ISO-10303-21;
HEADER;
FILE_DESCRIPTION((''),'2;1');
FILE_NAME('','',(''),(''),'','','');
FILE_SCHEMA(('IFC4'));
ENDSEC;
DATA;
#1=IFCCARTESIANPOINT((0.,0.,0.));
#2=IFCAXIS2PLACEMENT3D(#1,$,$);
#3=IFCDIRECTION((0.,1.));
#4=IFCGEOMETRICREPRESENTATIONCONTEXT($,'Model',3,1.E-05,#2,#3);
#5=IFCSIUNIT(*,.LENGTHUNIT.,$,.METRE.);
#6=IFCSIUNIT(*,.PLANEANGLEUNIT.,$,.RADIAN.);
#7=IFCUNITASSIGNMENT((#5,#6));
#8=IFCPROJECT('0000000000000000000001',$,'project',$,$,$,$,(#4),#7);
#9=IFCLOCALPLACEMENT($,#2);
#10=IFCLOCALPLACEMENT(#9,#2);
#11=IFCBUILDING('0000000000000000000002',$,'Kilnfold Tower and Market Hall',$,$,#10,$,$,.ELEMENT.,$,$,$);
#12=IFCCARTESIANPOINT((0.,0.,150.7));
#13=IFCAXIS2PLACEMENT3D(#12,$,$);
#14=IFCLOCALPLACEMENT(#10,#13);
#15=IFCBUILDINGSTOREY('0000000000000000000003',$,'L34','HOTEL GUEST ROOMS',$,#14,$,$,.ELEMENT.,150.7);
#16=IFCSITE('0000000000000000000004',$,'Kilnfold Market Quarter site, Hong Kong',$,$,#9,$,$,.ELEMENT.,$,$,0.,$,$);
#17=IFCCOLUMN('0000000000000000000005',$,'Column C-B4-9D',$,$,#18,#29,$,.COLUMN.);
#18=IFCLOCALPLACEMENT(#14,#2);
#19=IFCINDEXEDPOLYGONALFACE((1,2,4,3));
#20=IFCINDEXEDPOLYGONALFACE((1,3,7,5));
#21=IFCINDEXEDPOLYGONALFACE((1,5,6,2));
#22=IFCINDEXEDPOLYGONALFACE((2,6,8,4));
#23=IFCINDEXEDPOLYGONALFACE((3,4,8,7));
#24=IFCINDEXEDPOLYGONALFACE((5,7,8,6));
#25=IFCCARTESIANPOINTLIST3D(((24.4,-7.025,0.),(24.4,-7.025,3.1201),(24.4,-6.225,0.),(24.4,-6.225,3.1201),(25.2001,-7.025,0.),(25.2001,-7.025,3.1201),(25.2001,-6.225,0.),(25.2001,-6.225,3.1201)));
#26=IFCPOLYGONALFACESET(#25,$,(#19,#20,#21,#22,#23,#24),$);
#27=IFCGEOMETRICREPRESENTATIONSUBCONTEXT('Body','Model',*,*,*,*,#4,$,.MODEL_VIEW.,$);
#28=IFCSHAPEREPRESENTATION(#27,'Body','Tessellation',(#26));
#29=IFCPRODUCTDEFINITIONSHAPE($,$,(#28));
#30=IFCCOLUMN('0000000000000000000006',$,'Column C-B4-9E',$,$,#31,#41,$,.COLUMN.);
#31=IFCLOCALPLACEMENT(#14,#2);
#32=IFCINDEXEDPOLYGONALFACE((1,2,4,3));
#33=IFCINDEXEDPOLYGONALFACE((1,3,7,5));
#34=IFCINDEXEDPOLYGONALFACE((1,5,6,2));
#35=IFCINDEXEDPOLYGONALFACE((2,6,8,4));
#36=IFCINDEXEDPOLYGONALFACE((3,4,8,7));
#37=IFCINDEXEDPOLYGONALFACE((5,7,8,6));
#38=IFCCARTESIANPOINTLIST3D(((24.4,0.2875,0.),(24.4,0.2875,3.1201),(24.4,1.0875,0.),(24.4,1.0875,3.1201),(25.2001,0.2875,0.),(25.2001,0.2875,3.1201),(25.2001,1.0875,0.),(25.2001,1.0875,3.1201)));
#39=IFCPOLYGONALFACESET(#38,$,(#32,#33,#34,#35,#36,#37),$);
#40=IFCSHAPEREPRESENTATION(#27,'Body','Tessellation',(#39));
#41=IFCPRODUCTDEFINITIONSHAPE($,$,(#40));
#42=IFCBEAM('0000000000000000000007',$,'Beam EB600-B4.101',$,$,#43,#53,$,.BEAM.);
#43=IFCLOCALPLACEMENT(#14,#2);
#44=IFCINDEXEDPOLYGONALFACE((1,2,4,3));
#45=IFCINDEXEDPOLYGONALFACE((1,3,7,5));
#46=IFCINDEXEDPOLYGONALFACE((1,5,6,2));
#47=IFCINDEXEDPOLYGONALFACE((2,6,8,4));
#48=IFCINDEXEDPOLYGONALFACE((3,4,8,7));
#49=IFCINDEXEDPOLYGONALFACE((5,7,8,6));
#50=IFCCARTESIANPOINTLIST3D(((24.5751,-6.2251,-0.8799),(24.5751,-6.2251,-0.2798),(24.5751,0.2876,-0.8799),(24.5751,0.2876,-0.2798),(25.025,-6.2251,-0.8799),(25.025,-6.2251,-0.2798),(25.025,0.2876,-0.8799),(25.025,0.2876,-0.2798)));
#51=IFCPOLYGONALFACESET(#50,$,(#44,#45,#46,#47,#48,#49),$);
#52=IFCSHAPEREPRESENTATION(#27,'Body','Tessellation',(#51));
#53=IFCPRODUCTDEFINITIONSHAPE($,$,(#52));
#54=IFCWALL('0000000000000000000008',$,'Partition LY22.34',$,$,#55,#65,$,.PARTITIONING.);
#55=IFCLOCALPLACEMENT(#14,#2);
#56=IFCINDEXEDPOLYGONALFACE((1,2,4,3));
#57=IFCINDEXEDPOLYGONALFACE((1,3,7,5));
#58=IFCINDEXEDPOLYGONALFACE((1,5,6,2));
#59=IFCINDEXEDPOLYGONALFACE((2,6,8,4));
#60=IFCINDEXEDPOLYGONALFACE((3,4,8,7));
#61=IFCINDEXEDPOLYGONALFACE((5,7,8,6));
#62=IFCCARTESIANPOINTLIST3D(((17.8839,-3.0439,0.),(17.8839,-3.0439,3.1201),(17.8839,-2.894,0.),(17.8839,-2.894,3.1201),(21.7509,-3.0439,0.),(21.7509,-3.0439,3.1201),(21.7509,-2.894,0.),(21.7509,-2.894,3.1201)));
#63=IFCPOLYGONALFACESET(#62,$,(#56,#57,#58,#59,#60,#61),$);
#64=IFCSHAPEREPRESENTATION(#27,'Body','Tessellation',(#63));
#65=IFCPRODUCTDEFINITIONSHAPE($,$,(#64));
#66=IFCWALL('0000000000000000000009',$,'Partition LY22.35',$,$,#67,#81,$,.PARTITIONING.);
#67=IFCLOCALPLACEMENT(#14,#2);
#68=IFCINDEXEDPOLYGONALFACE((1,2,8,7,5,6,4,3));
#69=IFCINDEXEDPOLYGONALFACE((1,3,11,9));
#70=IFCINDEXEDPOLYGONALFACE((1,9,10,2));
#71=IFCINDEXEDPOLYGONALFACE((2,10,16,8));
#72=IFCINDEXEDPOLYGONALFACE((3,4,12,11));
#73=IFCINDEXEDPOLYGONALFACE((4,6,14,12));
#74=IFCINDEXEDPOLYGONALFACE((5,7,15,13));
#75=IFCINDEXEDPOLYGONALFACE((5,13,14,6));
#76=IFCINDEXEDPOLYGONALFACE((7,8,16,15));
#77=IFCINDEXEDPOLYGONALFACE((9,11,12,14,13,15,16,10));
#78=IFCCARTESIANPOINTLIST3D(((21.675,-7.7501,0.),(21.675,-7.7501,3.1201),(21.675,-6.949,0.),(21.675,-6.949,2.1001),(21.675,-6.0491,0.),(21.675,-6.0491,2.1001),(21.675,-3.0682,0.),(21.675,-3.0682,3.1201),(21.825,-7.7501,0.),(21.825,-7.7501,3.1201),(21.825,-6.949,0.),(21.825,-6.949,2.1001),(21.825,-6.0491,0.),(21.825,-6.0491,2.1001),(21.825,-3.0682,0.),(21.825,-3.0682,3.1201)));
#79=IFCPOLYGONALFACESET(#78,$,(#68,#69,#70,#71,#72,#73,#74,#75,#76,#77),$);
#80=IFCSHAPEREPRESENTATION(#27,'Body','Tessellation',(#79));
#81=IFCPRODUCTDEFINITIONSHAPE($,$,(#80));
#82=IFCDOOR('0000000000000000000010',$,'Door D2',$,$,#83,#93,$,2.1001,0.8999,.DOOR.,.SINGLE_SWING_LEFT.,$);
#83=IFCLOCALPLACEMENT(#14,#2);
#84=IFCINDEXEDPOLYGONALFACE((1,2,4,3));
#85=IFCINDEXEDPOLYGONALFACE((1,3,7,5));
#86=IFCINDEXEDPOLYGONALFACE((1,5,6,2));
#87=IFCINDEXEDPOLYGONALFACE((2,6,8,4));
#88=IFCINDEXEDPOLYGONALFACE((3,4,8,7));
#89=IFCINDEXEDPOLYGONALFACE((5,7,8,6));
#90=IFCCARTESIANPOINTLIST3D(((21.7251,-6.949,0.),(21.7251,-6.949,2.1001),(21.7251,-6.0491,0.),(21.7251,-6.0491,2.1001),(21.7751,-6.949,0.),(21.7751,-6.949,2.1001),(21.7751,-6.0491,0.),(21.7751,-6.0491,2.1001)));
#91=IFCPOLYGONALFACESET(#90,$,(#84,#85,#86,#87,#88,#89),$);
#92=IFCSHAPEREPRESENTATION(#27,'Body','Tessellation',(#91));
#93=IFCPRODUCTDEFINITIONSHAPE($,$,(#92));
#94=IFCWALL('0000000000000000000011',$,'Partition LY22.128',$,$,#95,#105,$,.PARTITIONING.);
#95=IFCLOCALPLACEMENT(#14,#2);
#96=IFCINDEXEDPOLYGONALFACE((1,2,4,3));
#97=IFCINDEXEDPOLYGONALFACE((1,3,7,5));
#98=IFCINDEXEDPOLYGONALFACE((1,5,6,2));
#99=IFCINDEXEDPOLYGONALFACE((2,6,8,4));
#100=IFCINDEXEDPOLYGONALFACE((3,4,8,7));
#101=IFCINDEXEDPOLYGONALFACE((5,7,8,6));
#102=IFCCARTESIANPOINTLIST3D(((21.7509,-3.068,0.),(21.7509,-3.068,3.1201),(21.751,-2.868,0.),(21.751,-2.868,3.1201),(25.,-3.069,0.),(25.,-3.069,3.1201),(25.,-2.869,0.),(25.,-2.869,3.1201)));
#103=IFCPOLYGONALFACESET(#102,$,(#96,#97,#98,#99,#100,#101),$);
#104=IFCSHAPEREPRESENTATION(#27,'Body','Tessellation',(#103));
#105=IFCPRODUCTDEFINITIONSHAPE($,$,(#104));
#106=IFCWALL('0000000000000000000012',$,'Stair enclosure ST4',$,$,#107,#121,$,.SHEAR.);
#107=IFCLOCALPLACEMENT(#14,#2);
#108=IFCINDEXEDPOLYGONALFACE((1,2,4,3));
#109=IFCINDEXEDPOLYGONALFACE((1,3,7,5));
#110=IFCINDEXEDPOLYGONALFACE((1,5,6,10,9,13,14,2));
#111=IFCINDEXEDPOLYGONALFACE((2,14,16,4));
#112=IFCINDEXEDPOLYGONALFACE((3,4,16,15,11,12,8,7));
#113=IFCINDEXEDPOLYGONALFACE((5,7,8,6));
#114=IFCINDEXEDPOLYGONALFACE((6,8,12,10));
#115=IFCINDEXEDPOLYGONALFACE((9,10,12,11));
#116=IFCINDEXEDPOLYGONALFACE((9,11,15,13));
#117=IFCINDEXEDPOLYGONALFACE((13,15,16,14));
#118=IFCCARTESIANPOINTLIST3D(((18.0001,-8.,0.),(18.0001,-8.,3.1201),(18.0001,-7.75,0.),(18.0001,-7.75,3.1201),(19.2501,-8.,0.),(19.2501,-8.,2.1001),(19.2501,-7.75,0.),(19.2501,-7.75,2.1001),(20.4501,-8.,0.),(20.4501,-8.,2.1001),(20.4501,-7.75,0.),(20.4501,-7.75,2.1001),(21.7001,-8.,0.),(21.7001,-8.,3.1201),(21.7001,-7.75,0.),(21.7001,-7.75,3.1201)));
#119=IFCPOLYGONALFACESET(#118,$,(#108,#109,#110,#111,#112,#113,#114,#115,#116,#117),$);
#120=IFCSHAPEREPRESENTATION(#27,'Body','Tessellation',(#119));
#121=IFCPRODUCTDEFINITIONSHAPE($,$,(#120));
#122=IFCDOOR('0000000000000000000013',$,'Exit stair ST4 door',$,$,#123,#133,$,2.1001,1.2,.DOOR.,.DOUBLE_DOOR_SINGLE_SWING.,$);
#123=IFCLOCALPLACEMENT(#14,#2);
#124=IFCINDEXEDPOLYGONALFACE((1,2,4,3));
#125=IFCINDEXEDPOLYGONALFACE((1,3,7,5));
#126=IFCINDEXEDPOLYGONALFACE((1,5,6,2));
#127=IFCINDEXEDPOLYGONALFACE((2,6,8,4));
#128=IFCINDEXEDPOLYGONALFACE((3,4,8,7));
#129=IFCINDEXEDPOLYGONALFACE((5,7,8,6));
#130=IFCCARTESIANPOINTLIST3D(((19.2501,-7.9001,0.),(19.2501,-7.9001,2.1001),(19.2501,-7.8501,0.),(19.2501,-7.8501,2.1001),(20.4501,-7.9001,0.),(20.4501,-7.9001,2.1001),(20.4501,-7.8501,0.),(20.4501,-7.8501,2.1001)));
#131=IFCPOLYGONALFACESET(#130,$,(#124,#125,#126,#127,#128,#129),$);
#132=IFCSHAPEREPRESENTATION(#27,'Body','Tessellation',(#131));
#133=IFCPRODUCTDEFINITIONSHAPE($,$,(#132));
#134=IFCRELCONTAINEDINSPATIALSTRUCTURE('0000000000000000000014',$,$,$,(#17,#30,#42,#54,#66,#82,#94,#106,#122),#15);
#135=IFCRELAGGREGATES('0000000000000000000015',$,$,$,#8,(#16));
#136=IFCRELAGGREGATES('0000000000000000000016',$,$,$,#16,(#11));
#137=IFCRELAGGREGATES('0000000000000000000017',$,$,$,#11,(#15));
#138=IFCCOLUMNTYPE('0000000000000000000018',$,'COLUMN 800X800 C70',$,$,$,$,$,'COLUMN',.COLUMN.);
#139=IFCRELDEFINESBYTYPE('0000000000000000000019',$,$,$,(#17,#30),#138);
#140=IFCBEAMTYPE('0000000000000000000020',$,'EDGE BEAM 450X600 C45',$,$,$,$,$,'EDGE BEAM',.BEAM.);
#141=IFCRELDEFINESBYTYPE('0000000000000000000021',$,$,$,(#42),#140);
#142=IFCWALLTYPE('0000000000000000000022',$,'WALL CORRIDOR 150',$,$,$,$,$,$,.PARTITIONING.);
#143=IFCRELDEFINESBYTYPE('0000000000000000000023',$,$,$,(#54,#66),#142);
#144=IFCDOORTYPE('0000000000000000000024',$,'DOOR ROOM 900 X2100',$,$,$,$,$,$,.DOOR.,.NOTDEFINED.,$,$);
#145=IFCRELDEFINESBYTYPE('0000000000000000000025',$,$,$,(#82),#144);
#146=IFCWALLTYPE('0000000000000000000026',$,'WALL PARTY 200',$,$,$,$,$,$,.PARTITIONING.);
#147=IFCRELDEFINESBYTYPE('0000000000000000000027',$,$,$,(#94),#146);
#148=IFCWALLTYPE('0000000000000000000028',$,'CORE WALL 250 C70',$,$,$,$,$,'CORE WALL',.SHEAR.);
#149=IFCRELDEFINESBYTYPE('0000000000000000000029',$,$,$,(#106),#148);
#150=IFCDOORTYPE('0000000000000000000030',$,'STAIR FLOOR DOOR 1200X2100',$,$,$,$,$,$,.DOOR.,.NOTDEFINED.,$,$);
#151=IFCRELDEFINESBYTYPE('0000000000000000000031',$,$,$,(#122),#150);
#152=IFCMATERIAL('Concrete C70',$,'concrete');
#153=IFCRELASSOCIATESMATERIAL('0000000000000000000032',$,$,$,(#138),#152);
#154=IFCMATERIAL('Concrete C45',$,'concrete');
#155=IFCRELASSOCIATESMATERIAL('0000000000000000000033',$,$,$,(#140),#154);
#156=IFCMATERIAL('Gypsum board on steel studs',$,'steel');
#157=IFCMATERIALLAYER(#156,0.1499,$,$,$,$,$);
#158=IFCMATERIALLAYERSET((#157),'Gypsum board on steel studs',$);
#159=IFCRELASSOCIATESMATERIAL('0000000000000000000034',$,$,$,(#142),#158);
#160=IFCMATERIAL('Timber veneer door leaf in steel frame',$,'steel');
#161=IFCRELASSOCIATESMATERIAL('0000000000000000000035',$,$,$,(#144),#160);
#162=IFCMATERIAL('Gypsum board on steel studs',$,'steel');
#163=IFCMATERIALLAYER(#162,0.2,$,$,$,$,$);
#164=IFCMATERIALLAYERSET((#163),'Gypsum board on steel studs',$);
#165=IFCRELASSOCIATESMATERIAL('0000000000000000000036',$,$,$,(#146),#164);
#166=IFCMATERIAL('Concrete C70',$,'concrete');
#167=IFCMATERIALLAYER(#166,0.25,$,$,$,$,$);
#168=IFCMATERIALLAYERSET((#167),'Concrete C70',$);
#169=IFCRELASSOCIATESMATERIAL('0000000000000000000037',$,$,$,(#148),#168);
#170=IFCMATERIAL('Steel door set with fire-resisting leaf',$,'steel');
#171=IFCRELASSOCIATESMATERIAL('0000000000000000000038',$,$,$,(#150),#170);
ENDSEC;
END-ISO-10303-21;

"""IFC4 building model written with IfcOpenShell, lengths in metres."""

from ifc_helpers import new_model, si_unit, direction, frame, frame_2d, origin, origin_2d, place, context, subcontext, project, spatial, rectangle, extrude, source, transform, mapped, material, layer, layer_set, material_profile, profile_set, type_object, element, fill, save


model = new_model("IFC4")

# Units and contexts
model_context = context("Model", 3, precision=1e-05, world=origin(), true_north=direction((0.0, 1.0)))
body_context = subcontext(model_context, "Body", "Model", "MODEL_VIEW")
ifc_project = project(units=[si_unit("LENGTHUNIT", "METRE"), si_unit("PLANEANGLEUNIT", "RADIAN")], contexts=[model_context])

# Site, building, storey
site_placement = place(None, origin())
site = spatial("IfcSite", under=ifc_project, at=site_placement, Name="Kilnfold Market Quarter site, Hong Kong", CompositionType="ELEMENT", RefElevation=0.0)
building_placement = place(site_placement, origin())
building = spatial("IfcBuilding", under=site, at=building_placement, Name="Kilnfold Tower and Market Hall", CompositionType="ELEMENT")
storey_placement = place(building_placement, frame((0.0, 0.0, 150.7)))
storey = spatial("IfcBuildingStorey", under=building, at=storey_placement, Name="L34", Description="HOTEL GUEST ROOMS", CompositionType="ELEMENT", Elevation=150.7)

# Columns
ifc_material_1 = material(Name="Concrete C70", Category="concrete")
ifc_material_profile_1 = material_profile(ifc_material_1, rectangle(XDim=0.8, YDim=0.8, at=origin_2d()), Name="RC 800x800")
ifc_profile_set_1 = profile_set([ifc_material_profile_1], Name="Concrete C70")
column_type = type_object("IfcColumnType", Name="COLUMN 800X800 C70", ElementType="COLUMN", PredefinedType="COLUMN", material=ifc_profile_set_1)
shared_shape_1 = source(origin(), body_context, "Body", "SweptSolid", [
    extrude(rectangle(XDim=0.8, YDim=0.8, at=origin_2d()), origin(), (0.0, 0.0, 1.0), 3.1201),
])
for number, where, z_axis, x_axis, name in (
    (1, (24.8, -6.625, 0.0), (0.0, 0.0, 1.0), (1.0, 0.0, 0.0), "Column C-B4-9D"),
    (2, (24.8, 0.6875, 0.0), (0.0, 0.0, 1.0), (1.0, 0.0, 0.0), "Column C-B4-9E"),
):
    element("IfcColumn", number, at=place(storey_placement, frame(where, z_axis=z_axis, x_axis=x_axis)), inside=storey, type_object=column_type, Name=name, PredefinedType="COLUMN", context=body_context, shape_type="MappedRepresentation", body=[
        mapped(shared_shape_1, transform((0.0, 0.0, 0.0))),
    ])

# Beam
ifc_material_2 = material(Name="Concrete C45", Category="concrete")
ifc_material_profile_2 = material_profile(ifc_material_2, rectangle(XDim=0.45, YDim=0.6001, at=origin_2d()), Name="RC 450x600")
ifc_profile_set_2 = profile_set([ifc_material_profile_2], Name="Concrete C45")
beam_type = type_object("IfcBeamType", Name="EDGE BEAM 450X600 C45", ElementType="EDGE BEAM", PredefinedType="BEAM", material=ifc_profile_set_2)
shared_shape_2 = source(origin(), body_context, "Body", "SweptSolid", [
    extrude(rectangle(XDim=0.45, YDim=0.6001, at=origin_2d()), origin(), (0.0, 0.0, 1.0), 6.5127),
])
beam_placement = place(storey_placement, frame((24.8, -6.2251, -0.5798), z_axis=(0.0, 1.0, 0.0), x_axis=(-1.0, 0.0, 0.0)))
element("IfcBeam", 3, at=beam_placement, inside=storey, type_object=beam_type, Name="Beam EB600-B4.101", PredefinedType="BEAM", context=body_context, shape_type="MappedRepresentation", body=[
    mapped(shared_shape_2, transform((0.0, 0.0, 0.0))),
])

# Wall
ifc_material_3 = material(Name="Gypsum board on steel studs", Category="steel")
ifc_layer_1 = layer(ifc_material_3, 0.1499)
ifc_layer_set_1 = layer_set([ifc_layer_1], Name="Gypsum board on steel studs")
wall_type_1 = type_object("IfcWallType", Name="WALL CORRIDOR 150", PredefinedType="PARTITIONING", material=ifc_layer_set_1)
wall_1_placement = place(storey_placement, frame((21.751, -2.969, 0.0), z_axis=(0.0, 0.0, 1.0), x_axis=(-1.0, 0.0, 0.0)))
element("IfcWall", 4, at=wall_1_placement, inside=storey, type_object=wall_type_1, Name="Partition LY22.34", PredefinedType="PARTITIONING", context=body_context, shape_type="SweptSolid", body=[
    extrude(rectangle(XDim=3.8669, YDim=0.1499, at=frame_2d((1.9336, 0.0))), origin(), (0.0, 0.0, 1.0), 3.1201),
])

# Wall, opening, door
wall_2_placement = place(storey_placement, frame((21.75, -7.75, 0.0), z_axis=(0.0, 0.0, 1.0), x_axis=(0.0, 1.0, 0.0)))
wall_2 = element("IfcWall", 5, at=wall_2_placement, inside=storey, type_object=wall_type_1, Name="Partition LY22.35", PredefinedType="PARTITIONING", context=body_context, shape_type="SweptSolid", body=[
    extrude(rectangle(XDim=4.6819, YDim=0.1499, at=frame_2d((2.3408, 0.0))), origin(), (0.0, 0.0, 1.0), 3.1201),
])
opening_1_placement = place(wall_2_placement, frame((0.801, 0.0, 0.0)))
opening_1 = element("IfcOpeningElement", 6, at=opening_1_placement, cuts=wall_2, PredefinedType="OPENING", context=body_context, shape_type="SweptSolid", body=[
    extrude(rectangle(XDim=0.8999, YDim=2.1001, at=frame_2d((0.45, 1.05))), frame((0.0, 0.085, 0.0), z_axis=(0.0, -1.0, 0.0), x_axis=(1.0, 0.0, 0.0)), (0.0, 0.0, 1.0), 0.1699),
])
ifc_material_4 = material(Name="Timber veneer door leaf in steel frame", Category="steel")
door_type_1 = type_object("IfcDoorType", Name="DOOR ROOM 900 X2100", OperationType="NOTDEFINED", PredefinedType="DOOR", material=ifc_material_4)
door_1_placement = place(opening_1_placement, origin())
door_1 = element("IfcDoor", 7, at=door_1_placement, inside=storey, type_object=door_type_1, Name="Door D2", OperationType="SINGLE_SWING_LEFT", OverallHeight=2.1001, OverallWidth=0.8999, PredefinedType="DOOR", context=body_context, shape_type="SweptSolid", body=[
    extrude(rectangle(XDim=0.8999, YDim=2.1001, at=frame_2d((0.45, 1.05))), frame((0.0, 0.0249, 0.0), z_axis=(0.0, -1.0, 0.0), x_axis=(1.0, 0.0, 0.0)), (0.0, 0.0, 1.0), 0.05),
])
fill(opening_1, door_1)

# Wall
ifc_material_5 = material(Name="Gypsum board on steel studs", Category="steel")
ifc_layer_2 = layer(ifc_material_5, 0.2)
ifc_layer_set_2 = layer_set([ifc_layer_2], Name="Gypsum board on steel studs")
wall_type_2 = type_object("IfcWallType", Name="WALL PARTY 200", PredefinedType="PARTITIONING", material=ifc_layer_set_2)
wall_3_placement = place(storey_placement, frame((21.751, -2.968, 0.0), z_axis=(0.0, 0.0, 1.0), x_axis=(1.0, -0.000301, 0.0)))
element("IfcWall", 8, at=wall_3_placement, inside=storey, type_object=wall_type_2, Name="Partition LY22.128", PredefinedType="PARTITIONING", context=body_context, shape_type="SweptSolid", body=[
    extrude(rectangle(XDim=3.249, YDim=0.2, at=frame_2d((1.6245, 0.0))), origin(), (0.0, 0.0, 1.0), 3.1201),
])

# Wall, opening, door
ifc_material_6 = material(Name="Concrete C70", Category="concrete")
ifc_layer_3 = layer(ifc_material_6, 0.25)
ifc_layer_set_3 = layer_set([ifc_layer_3], Name="Concrete C70")
wall_type_3 = type_object("IfcWallType", Name="CORE WALL 250 C70", ElementType="CORE WALL", PredefinedType="SHEAR", material=ifc_layer_set_3)
shared_shape_3 = source(origin(), body_context, "Body", "SweptSolid", [
    extrude(rectangle(XDim=3.7, YDim=0.25, at=frame_2d((1.8501, 0.0))), origin(), (0.0, 0.0, 1.0), 3.1201),
])
wall_4_placement = place(storey_placement, frame((18.0, -7.875, 0.0), z_axis=(0.0, 0.0, 1.0), x_axis=(1.0, 0.0, 0.0)))
wall_4 = element("IfcWall", 9, at=wall_4_placement, inside=storey, type_object=wall_type_3, Name="Stair enclosure ST4", PredefinedType="SHEAR", context=body_context, shape_type="MappedRepresentation", body=[
    mapped(shared_shape_3, transform((0.0, 0.0, 0.0))),
])
opening_2_placement = place(wall_4_placement, frame((1.25, 0.0, 0.0)))
opening_2 = element("IfcOpeningElement", 10, at=opening_2_placement, cuts=wall_4, PredefinedType="OPENING", context=body_context, shape_type="SweptSolid", body=[
    extrude(rectangle(XDim=1.2, YDim=2.1001, at=frame_2d((0.6001, 1.05))), frame((0.0, 0.135, 0.0), z_axis=(0.0, -1.0, 0.0), x_axis=(1.0, 0.0, 0.0)), (0.0, 0.0, 1.0), 0.27),
])
ifc_material_7 = material(Name="Steel door set with fire-resisting leaf", Category="steel")
door_type_2 = type_object("IfcDoorType", Name="STAIR FLOOR DOOR 1200X2100", OperationType="NOTDEFINED", PredefinedType="DOOR", material=ifc_material_7)
door_2_placement = place(opening_2_placement, origin())
door_2 = element("IfcDoor", 11, at=door_2_placement, inside=storey, type_object=door_type_2, Name="Exit stair ST4 door", OperationType="DOUBLE_DOOR_SINGLE_SWING", OverallHeight=2.1001, OverallWidth=1.2, PredefinedType="DOOR", context=body_context, shape_type="SweptSolid", body=[
    extrude(rectangle(XDim=1.2, YDim=2.1001, at=frame_2d((0.6001, 1.05))), frame((0.0, 0.0249, 0.0), z_axis=(0.0, -1.0, 0.0), x_axis=(1.0, 0.0, 0.0)), (0.0, 0.0, 1.0), 0.05),
])
fill(opening_2, door_2)

save(model, "model.ifc")
